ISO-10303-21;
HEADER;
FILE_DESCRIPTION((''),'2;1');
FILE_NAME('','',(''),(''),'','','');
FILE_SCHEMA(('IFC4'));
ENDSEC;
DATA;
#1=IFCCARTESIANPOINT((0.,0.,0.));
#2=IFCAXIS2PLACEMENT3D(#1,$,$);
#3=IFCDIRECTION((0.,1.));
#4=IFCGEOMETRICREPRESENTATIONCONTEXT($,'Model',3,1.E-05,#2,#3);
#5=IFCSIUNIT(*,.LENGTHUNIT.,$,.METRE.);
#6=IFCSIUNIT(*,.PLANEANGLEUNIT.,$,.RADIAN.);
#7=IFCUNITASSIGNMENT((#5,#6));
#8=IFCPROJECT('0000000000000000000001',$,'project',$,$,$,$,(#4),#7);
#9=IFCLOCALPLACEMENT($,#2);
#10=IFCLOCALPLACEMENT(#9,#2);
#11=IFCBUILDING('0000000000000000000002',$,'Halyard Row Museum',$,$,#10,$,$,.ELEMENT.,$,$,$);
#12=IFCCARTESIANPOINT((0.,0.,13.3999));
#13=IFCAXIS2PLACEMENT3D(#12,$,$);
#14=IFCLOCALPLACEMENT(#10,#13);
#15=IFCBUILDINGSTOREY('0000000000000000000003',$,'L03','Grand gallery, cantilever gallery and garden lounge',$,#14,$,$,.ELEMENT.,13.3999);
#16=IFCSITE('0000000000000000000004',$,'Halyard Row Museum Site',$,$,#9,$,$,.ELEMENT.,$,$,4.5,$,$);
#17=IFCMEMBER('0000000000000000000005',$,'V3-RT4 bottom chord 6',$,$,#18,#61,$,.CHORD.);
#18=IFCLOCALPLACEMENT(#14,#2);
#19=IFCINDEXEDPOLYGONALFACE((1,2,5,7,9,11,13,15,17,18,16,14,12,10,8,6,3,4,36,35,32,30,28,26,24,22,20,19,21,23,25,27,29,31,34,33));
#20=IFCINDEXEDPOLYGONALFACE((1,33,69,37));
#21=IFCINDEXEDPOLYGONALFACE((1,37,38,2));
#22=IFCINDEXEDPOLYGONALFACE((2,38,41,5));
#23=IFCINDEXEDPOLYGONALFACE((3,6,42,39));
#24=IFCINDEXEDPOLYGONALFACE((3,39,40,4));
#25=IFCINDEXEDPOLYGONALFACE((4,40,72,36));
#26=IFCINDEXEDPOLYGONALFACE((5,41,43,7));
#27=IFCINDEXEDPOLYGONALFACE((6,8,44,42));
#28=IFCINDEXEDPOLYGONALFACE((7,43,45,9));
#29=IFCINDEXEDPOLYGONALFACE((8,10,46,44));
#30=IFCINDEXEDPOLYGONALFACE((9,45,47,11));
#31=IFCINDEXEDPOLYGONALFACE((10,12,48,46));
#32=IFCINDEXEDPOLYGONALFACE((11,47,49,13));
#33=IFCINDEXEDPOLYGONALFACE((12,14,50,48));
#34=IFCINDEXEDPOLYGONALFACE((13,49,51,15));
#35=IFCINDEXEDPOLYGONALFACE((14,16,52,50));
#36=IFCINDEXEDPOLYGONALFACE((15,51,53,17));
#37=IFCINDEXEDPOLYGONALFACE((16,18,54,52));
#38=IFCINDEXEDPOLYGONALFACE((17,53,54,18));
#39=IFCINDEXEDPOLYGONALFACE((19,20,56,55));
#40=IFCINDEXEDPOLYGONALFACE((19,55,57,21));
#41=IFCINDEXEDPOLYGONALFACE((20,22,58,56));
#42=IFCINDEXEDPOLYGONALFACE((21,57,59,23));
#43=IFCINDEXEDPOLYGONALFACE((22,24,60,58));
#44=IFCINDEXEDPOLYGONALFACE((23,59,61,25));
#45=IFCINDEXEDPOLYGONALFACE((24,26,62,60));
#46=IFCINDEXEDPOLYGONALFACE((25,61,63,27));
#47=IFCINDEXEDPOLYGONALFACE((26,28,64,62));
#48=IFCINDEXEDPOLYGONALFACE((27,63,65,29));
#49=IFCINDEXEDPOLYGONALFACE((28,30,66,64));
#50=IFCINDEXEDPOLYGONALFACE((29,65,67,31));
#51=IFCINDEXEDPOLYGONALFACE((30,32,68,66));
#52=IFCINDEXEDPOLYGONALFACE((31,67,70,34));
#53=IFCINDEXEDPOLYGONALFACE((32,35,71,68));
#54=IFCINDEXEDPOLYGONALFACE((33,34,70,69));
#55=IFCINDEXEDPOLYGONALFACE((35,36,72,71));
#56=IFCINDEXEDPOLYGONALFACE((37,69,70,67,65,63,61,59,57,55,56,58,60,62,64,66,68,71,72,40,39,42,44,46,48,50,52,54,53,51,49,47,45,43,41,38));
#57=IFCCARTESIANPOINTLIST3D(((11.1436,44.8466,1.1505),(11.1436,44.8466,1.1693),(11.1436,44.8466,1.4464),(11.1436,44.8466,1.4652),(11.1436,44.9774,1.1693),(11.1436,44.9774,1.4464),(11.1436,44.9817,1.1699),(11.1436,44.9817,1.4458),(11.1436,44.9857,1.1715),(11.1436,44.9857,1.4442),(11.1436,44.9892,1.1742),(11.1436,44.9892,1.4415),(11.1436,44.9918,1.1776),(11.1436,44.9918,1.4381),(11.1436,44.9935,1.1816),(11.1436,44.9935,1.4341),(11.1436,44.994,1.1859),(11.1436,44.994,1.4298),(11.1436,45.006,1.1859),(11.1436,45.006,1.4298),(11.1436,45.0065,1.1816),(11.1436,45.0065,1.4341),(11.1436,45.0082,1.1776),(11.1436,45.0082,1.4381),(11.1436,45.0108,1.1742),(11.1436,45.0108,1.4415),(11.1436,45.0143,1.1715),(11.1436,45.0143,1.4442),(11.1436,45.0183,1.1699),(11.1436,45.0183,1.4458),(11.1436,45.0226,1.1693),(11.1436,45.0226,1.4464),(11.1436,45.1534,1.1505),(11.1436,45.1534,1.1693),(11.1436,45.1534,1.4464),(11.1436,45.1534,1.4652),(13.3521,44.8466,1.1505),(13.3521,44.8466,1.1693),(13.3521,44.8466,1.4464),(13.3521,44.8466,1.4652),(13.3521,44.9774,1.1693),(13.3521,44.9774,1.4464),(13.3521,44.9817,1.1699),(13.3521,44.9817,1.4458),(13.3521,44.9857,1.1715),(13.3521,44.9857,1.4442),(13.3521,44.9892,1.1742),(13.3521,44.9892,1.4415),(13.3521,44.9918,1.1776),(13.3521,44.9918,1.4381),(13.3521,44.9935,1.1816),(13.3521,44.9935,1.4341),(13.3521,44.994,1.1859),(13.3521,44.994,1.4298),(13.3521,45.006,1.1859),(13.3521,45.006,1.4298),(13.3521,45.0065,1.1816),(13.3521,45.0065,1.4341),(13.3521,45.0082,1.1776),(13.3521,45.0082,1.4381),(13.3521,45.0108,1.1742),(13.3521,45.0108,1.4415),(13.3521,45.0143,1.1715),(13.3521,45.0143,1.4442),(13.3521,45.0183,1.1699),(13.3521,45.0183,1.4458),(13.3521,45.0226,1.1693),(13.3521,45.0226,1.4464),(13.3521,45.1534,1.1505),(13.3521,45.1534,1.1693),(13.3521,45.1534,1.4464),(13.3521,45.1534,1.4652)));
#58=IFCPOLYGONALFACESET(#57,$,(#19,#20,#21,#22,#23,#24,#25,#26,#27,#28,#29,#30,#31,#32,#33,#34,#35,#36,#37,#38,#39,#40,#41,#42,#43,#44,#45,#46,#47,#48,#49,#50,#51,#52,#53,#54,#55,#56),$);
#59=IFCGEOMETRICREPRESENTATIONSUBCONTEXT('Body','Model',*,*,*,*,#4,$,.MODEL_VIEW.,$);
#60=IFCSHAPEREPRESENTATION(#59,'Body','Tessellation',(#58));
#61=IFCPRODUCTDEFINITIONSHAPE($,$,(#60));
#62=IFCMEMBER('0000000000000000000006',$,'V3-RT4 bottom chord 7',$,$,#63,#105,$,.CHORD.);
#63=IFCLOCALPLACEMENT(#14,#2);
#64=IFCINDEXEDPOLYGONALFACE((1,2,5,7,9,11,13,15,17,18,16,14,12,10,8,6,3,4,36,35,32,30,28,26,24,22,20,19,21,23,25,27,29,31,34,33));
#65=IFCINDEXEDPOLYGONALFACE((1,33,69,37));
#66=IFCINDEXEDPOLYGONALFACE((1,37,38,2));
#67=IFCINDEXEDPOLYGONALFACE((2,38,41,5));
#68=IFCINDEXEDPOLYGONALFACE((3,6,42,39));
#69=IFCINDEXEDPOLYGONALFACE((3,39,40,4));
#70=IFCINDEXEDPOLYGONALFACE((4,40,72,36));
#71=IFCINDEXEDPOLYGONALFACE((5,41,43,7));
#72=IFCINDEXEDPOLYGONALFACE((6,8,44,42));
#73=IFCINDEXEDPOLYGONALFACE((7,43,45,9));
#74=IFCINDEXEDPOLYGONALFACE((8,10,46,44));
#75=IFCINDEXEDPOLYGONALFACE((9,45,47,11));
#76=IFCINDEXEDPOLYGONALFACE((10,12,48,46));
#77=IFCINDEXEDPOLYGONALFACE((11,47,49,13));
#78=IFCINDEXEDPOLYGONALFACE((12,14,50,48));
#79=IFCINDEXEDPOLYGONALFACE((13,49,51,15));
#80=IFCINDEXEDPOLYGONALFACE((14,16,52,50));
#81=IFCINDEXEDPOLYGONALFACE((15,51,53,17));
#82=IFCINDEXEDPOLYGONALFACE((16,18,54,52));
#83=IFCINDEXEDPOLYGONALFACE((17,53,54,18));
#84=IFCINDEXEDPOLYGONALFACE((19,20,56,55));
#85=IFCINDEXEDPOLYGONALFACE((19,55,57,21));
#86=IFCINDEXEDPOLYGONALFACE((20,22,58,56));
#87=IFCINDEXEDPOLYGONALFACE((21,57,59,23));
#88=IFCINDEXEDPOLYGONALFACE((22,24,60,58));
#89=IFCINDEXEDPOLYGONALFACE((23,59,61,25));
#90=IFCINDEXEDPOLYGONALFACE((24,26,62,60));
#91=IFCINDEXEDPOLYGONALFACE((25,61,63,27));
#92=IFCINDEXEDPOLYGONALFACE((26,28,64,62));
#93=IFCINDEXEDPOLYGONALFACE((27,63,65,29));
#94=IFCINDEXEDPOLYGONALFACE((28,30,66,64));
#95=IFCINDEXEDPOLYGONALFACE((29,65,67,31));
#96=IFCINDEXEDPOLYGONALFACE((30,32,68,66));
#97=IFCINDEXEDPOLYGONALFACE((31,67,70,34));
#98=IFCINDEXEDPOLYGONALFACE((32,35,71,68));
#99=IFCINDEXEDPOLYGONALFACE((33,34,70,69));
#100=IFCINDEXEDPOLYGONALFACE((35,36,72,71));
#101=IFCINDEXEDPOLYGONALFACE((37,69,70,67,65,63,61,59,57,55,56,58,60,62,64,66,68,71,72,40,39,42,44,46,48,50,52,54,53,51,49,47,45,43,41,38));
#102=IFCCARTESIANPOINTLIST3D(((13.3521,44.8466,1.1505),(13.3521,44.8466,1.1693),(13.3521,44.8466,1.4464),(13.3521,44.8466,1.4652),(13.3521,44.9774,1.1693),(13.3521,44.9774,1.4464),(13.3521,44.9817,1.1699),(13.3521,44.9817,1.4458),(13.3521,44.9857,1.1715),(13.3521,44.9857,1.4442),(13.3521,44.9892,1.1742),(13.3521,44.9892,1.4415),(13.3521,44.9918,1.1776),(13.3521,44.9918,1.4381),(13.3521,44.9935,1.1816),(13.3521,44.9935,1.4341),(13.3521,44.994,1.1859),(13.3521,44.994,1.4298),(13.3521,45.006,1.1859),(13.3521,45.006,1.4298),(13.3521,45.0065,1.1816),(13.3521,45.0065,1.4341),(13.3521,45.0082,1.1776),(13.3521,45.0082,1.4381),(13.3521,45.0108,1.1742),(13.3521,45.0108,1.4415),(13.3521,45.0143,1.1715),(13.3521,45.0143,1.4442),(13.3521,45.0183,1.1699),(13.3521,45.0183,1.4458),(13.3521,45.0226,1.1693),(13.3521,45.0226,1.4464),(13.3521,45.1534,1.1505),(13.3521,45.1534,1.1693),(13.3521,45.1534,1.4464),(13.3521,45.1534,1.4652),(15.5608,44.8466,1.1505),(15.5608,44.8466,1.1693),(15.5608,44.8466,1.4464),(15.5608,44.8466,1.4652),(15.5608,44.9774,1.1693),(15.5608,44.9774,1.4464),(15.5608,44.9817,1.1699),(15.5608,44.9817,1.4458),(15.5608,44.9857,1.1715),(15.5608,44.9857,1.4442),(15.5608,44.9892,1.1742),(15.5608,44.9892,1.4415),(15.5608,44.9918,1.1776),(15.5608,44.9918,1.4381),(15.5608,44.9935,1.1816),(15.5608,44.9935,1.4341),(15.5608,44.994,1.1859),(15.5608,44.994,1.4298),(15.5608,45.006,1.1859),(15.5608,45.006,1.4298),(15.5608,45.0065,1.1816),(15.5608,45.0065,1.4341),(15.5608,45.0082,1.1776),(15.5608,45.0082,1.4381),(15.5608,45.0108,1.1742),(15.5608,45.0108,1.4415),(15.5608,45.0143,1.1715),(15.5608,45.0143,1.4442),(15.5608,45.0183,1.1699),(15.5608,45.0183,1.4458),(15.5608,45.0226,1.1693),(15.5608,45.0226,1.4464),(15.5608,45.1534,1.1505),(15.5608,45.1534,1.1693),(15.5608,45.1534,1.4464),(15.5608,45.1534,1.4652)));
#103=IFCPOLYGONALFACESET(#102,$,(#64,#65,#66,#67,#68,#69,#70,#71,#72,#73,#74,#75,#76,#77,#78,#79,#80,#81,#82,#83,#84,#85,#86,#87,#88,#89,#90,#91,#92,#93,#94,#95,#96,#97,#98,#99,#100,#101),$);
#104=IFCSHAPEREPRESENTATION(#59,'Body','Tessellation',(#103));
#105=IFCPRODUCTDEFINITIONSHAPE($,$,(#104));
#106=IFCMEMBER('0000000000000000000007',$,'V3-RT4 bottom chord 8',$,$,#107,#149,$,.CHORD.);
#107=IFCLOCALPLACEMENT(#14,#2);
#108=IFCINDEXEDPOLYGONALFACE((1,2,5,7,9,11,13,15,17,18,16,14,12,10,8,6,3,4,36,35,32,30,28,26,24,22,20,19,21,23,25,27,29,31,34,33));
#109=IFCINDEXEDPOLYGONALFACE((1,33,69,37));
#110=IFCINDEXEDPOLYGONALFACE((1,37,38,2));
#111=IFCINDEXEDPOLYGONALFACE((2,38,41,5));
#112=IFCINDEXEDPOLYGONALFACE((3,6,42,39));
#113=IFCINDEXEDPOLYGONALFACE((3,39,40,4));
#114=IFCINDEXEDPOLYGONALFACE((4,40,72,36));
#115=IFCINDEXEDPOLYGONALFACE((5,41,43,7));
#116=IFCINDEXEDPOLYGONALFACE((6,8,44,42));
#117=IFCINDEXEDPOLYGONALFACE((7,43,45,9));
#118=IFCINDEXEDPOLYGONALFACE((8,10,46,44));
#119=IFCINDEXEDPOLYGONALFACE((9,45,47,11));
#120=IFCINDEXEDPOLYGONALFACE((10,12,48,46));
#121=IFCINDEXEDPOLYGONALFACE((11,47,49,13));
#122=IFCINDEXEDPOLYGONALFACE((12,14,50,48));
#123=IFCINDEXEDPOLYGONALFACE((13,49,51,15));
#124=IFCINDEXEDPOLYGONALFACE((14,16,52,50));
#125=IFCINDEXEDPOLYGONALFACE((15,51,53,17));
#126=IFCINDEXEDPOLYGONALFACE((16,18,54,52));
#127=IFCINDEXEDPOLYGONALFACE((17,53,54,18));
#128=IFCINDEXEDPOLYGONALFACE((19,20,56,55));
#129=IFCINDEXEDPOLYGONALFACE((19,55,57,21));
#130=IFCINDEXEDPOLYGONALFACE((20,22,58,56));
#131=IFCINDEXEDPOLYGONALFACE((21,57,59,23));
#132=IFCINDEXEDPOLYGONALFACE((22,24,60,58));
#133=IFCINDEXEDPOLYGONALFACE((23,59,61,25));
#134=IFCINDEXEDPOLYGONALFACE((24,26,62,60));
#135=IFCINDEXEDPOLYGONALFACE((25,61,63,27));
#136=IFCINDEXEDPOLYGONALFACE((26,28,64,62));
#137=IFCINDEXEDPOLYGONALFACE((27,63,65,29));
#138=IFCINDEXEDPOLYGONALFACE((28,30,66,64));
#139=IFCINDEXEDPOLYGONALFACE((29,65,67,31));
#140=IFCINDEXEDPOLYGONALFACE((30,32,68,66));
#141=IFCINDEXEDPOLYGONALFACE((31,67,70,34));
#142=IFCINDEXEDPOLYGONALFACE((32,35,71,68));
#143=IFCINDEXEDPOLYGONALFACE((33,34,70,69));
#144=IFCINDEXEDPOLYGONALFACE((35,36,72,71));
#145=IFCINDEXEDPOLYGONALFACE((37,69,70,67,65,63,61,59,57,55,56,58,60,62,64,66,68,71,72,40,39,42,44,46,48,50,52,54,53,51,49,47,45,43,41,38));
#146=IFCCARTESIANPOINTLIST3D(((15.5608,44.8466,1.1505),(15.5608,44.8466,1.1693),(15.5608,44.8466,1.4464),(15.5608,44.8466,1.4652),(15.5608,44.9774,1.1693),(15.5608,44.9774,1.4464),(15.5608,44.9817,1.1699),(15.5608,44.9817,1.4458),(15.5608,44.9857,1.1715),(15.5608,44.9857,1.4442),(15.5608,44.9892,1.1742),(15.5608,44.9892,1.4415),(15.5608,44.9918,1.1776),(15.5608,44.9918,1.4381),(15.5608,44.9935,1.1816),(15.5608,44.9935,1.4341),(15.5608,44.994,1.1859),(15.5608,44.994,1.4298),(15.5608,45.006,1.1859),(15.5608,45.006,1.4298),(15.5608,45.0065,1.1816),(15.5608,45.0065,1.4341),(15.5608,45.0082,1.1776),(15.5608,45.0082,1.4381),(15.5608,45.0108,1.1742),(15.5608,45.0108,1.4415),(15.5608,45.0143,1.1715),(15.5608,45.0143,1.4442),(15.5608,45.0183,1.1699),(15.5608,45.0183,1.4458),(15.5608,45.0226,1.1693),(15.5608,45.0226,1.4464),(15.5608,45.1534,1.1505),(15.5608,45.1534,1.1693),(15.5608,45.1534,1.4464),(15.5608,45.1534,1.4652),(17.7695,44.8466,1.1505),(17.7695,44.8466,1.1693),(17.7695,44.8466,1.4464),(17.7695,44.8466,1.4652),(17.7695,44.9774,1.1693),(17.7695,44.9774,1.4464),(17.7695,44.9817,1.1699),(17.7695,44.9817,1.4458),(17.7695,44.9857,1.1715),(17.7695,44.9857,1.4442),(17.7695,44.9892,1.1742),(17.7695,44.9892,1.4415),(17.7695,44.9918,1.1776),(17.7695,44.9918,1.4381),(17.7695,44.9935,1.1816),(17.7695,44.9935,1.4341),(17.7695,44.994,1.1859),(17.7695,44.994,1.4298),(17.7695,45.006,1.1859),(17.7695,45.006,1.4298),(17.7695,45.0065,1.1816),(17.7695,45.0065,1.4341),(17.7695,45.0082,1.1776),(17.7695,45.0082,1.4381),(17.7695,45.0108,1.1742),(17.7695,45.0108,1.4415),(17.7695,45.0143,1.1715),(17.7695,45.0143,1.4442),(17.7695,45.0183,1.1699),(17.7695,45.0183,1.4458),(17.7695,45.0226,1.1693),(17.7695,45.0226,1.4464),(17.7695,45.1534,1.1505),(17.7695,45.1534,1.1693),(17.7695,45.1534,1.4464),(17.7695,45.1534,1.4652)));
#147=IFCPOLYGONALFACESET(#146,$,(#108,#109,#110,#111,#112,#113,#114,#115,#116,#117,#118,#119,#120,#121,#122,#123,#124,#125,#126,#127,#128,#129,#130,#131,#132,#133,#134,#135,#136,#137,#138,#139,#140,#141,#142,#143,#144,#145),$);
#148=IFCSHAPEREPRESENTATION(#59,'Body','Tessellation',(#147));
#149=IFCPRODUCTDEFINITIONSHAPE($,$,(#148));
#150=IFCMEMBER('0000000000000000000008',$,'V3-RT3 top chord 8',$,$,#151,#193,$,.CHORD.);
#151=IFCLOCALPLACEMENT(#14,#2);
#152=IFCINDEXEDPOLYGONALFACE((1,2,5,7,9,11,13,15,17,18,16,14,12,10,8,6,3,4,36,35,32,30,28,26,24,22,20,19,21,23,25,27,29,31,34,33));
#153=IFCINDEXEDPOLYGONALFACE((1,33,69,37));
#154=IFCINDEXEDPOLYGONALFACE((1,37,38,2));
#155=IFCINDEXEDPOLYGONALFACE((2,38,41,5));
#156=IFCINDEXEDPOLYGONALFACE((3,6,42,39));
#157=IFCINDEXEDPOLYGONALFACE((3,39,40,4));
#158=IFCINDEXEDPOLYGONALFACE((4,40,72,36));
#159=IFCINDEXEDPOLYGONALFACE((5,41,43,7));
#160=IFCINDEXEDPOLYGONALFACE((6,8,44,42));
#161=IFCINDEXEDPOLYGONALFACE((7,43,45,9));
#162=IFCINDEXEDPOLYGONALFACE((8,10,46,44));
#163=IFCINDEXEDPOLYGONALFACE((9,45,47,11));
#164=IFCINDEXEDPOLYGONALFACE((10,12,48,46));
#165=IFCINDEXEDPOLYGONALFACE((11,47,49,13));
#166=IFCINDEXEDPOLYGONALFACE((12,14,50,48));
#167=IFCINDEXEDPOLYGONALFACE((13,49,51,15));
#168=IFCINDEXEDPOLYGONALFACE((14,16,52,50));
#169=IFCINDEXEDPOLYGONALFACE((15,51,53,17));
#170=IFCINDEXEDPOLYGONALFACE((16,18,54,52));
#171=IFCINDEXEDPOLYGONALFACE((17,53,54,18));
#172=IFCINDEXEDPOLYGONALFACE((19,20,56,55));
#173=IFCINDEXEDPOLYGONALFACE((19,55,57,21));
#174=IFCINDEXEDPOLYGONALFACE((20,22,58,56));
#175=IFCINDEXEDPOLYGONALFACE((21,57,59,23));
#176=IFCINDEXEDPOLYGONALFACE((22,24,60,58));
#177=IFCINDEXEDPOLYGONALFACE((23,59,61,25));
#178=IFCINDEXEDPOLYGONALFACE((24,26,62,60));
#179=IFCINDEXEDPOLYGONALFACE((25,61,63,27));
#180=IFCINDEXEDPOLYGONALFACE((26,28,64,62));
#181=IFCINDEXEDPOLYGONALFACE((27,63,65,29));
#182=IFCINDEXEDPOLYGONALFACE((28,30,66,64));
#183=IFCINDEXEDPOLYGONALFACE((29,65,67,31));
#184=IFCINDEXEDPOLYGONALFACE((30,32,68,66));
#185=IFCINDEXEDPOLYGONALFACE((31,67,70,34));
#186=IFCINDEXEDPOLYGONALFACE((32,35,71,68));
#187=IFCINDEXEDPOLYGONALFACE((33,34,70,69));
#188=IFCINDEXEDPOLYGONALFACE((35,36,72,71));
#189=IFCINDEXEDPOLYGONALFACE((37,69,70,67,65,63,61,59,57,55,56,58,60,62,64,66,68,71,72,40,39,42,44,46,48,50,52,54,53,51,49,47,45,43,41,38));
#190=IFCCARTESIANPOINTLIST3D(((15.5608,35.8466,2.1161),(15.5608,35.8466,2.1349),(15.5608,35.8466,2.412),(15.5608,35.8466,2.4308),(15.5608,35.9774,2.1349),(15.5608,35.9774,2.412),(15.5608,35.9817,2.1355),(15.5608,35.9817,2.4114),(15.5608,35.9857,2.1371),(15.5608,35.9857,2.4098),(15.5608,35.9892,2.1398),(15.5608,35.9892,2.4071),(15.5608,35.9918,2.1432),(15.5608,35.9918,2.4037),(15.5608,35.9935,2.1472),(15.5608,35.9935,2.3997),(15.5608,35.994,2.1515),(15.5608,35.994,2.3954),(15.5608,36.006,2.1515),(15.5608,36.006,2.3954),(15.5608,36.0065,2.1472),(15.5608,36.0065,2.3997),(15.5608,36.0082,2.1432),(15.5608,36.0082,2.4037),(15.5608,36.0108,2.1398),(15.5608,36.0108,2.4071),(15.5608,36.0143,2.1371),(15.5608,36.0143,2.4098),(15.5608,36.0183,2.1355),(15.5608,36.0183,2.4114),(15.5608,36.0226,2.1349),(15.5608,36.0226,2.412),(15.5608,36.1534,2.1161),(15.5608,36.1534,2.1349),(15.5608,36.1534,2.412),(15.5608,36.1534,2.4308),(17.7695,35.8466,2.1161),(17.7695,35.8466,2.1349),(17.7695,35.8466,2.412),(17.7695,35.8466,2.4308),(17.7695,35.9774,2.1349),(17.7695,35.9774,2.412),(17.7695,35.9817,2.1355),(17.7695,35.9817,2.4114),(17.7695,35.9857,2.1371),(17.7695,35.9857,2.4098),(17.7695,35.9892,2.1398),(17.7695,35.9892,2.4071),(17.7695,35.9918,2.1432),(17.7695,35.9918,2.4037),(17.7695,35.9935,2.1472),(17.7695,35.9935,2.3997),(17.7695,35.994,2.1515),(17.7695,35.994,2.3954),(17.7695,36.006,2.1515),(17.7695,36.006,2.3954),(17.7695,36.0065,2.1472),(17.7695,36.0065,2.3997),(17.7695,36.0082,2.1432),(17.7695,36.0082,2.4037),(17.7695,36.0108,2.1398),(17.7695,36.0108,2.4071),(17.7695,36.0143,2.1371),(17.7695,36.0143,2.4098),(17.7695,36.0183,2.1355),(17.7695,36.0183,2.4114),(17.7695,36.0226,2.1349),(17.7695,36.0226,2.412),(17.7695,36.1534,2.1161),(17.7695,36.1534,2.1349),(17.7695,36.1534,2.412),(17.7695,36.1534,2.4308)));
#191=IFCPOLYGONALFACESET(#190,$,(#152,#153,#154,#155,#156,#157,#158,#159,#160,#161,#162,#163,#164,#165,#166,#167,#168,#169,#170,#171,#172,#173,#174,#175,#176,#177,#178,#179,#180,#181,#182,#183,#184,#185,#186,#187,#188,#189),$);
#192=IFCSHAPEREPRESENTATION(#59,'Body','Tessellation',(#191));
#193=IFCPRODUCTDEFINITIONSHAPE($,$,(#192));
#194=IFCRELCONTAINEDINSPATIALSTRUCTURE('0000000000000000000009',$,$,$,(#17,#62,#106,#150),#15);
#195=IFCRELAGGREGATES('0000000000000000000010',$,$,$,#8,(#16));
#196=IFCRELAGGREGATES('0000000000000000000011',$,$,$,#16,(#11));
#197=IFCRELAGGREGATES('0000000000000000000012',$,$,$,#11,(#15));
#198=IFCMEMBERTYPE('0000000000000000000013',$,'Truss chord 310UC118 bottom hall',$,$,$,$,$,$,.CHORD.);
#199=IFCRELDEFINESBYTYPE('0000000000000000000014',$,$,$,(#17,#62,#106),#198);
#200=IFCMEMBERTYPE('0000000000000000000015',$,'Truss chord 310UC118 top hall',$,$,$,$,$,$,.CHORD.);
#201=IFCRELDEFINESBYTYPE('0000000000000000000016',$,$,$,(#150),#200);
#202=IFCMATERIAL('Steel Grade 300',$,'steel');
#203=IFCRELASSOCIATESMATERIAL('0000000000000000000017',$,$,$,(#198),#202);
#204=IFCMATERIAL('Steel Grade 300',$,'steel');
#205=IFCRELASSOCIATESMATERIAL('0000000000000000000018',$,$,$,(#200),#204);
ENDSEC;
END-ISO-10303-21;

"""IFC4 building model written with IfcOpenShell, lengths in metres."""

from ifc_helpers import new_model, si_unit, direction, frame, origin, origin_2d, place, context, subcontext, project, spatial, i_section, extrude, material, material_profile, profile_set, type_object, element, save


model = new_model("IFC4")

# Units and contexts
model_context = context("Model", 3, precision=1e-05, world=origin(), true_north=direction((0.0, 1.0)))
body_context = subcontext(model_context, "Body", "Model", "MODEL_VIEW")
ifc_project = project(units=[si_unit("LENGTHUNIT", "METRE"), si_unit("PLANEANGLEUNIT", "RADIAN")], contexts=[model_context])

# Site, building, storey
site_placement = place(None, origin())
site = spatial("IfcSite", under=ifc_project, at=site_placement, Name="Halyard Row Museum Site", CompositionType="ELEMENT", RefElevation=4.5)
building_placement = place(site_placement, origin())
building = spatial("IfcBuilding", under=site, at=building_placement, Name="Halyard Row Museum", CompositionType="ELEMENT")
storey_placement = place(building_placement, frame((0.0, 0.0, 13.3999)))
storey = spatial("IfcBuildingStorey", under=building, at=storey_placement, Name="L03", Description="Grand gallery, cantilever gallery and garden lounge", CompositionType="ELEMENT", Elevation=13.3999)

# Members
ifc_material_1 = material(Name="Steel Grade 300", Category="steel")
ifc_material_profile_1 = material_profile(ifc_material_1, i_section(OverallWidth=0.3069, OverallDepth=0.3147, WebThickness=0.012, FlangeThickness=0.0188, FilletRadius=0.0166, at=origin_2d()), Name="310UC118")
ifc_profile_set_1 = profile_set([ifc_material_profile_1], Name="Steel Grade 300")
member_type_1 = type_object("IfcMemberType", Name="Truss chord 310UC118 bottom hall", PredefinedType="CHORD", material=ifc_profile_set_1)
member_1_placement = place(storey_placement, frame((11.1436, 45.0, 1.3079), z_axis=(1.0, 0.0, 0.0), x_axis=(0.0, 1.0, 0.0)))
element("IfcMember", 1, at=member_1_placement, inside=storey, type_object=member_type_1, Name="V3-RT4 bottom chord 6", PredefinedType="CHORD", context=body_context, shape_type="SweptSolid", body=[
    extrude(i_section(OverallWidth=0.3069, OverallDepth=0.3147, WebThickness=0.012, FlangeThickness=0.0188, FilletRadius=0.0166, at=origin_2d()), origin(), (0.0, 0.0, 1.0), 2.2085),
])
for number, where, z_axis, x_axis, name in (
    (2, (13.3521, 45.0, 1.3079), (1.0, 0.0, 0.0), (0.0, 1.0, 0.0), "V3-RT4 bottom chord 7"),
    (3, (15.5608, 45.0, 1.3079), (1.0, 0.0, 0.0), (0.0, 1.0, 0.0), "V3-RT4 bottom chord 8"),
):
    element("IfcMember", number, at=place(storey_placement, frame(where, z_axis=z_axis, x_axis=x_axis)), inside=storey, type_object=member_type_1, Name=name, PredefinedType="CHORD", context=body_context, shape_type="SweptSolid", body=[
        extrude(i_section(OverallWidth=0.3069, OverallDepth=0.3147, WebThickness=0.012, FlangeThickness=0.0188, FilletRadius=0.0166, at=origin_2d()), origin(), (0.0, 0.0, 1.0), 2.2087),
    ])
ifc_material_2 = material(Name="Steel Grade 300", Category="steel")
ifc_material_profile_2 = material_profile(ifc_material_2, i_section(OverallWidth=0.3069, OverallDepth=0.3147, WebThickness=0.012, FlangeThickness=0.0188, FilletRadius=0.0166, at=origin_2d()), Name="310UC118")
ifc_profile_set_2 = profile_set([ifc_material_profile_2], Name="Steel Grade 300")
member_type_2 = type_object("IfcMemberType", Name="Truss chord 310UC118 top hall", PredefinedType="CHORD", material=ifc_profile_set_2)
member_2_placement = place(storey_placement, frame((15.5608, 36.0, 2.2734), z_axis=(1.0, 0.0, 0.0), x_axis=(0.0, 1.0, 0.0)))
element("IfcMember", 4, at=member_2_placement, inside=storey, type_object=member_type_2, Name="V3-RT3 top chord 8", PredefinedType="CHORD", context=body_context, shape_type="SweptSolid", body=[
    extrude(i_section(OverallWidth=0.3069, OverallDepth=0.3147, WebThickness=0.012, FlangeThickness=0.0188, FilletRadius=0.0166, at=origin_2d()), origin(), (0.0, 0.0, 1.0), 2.2087),
])

save(model, "model.ifc")
